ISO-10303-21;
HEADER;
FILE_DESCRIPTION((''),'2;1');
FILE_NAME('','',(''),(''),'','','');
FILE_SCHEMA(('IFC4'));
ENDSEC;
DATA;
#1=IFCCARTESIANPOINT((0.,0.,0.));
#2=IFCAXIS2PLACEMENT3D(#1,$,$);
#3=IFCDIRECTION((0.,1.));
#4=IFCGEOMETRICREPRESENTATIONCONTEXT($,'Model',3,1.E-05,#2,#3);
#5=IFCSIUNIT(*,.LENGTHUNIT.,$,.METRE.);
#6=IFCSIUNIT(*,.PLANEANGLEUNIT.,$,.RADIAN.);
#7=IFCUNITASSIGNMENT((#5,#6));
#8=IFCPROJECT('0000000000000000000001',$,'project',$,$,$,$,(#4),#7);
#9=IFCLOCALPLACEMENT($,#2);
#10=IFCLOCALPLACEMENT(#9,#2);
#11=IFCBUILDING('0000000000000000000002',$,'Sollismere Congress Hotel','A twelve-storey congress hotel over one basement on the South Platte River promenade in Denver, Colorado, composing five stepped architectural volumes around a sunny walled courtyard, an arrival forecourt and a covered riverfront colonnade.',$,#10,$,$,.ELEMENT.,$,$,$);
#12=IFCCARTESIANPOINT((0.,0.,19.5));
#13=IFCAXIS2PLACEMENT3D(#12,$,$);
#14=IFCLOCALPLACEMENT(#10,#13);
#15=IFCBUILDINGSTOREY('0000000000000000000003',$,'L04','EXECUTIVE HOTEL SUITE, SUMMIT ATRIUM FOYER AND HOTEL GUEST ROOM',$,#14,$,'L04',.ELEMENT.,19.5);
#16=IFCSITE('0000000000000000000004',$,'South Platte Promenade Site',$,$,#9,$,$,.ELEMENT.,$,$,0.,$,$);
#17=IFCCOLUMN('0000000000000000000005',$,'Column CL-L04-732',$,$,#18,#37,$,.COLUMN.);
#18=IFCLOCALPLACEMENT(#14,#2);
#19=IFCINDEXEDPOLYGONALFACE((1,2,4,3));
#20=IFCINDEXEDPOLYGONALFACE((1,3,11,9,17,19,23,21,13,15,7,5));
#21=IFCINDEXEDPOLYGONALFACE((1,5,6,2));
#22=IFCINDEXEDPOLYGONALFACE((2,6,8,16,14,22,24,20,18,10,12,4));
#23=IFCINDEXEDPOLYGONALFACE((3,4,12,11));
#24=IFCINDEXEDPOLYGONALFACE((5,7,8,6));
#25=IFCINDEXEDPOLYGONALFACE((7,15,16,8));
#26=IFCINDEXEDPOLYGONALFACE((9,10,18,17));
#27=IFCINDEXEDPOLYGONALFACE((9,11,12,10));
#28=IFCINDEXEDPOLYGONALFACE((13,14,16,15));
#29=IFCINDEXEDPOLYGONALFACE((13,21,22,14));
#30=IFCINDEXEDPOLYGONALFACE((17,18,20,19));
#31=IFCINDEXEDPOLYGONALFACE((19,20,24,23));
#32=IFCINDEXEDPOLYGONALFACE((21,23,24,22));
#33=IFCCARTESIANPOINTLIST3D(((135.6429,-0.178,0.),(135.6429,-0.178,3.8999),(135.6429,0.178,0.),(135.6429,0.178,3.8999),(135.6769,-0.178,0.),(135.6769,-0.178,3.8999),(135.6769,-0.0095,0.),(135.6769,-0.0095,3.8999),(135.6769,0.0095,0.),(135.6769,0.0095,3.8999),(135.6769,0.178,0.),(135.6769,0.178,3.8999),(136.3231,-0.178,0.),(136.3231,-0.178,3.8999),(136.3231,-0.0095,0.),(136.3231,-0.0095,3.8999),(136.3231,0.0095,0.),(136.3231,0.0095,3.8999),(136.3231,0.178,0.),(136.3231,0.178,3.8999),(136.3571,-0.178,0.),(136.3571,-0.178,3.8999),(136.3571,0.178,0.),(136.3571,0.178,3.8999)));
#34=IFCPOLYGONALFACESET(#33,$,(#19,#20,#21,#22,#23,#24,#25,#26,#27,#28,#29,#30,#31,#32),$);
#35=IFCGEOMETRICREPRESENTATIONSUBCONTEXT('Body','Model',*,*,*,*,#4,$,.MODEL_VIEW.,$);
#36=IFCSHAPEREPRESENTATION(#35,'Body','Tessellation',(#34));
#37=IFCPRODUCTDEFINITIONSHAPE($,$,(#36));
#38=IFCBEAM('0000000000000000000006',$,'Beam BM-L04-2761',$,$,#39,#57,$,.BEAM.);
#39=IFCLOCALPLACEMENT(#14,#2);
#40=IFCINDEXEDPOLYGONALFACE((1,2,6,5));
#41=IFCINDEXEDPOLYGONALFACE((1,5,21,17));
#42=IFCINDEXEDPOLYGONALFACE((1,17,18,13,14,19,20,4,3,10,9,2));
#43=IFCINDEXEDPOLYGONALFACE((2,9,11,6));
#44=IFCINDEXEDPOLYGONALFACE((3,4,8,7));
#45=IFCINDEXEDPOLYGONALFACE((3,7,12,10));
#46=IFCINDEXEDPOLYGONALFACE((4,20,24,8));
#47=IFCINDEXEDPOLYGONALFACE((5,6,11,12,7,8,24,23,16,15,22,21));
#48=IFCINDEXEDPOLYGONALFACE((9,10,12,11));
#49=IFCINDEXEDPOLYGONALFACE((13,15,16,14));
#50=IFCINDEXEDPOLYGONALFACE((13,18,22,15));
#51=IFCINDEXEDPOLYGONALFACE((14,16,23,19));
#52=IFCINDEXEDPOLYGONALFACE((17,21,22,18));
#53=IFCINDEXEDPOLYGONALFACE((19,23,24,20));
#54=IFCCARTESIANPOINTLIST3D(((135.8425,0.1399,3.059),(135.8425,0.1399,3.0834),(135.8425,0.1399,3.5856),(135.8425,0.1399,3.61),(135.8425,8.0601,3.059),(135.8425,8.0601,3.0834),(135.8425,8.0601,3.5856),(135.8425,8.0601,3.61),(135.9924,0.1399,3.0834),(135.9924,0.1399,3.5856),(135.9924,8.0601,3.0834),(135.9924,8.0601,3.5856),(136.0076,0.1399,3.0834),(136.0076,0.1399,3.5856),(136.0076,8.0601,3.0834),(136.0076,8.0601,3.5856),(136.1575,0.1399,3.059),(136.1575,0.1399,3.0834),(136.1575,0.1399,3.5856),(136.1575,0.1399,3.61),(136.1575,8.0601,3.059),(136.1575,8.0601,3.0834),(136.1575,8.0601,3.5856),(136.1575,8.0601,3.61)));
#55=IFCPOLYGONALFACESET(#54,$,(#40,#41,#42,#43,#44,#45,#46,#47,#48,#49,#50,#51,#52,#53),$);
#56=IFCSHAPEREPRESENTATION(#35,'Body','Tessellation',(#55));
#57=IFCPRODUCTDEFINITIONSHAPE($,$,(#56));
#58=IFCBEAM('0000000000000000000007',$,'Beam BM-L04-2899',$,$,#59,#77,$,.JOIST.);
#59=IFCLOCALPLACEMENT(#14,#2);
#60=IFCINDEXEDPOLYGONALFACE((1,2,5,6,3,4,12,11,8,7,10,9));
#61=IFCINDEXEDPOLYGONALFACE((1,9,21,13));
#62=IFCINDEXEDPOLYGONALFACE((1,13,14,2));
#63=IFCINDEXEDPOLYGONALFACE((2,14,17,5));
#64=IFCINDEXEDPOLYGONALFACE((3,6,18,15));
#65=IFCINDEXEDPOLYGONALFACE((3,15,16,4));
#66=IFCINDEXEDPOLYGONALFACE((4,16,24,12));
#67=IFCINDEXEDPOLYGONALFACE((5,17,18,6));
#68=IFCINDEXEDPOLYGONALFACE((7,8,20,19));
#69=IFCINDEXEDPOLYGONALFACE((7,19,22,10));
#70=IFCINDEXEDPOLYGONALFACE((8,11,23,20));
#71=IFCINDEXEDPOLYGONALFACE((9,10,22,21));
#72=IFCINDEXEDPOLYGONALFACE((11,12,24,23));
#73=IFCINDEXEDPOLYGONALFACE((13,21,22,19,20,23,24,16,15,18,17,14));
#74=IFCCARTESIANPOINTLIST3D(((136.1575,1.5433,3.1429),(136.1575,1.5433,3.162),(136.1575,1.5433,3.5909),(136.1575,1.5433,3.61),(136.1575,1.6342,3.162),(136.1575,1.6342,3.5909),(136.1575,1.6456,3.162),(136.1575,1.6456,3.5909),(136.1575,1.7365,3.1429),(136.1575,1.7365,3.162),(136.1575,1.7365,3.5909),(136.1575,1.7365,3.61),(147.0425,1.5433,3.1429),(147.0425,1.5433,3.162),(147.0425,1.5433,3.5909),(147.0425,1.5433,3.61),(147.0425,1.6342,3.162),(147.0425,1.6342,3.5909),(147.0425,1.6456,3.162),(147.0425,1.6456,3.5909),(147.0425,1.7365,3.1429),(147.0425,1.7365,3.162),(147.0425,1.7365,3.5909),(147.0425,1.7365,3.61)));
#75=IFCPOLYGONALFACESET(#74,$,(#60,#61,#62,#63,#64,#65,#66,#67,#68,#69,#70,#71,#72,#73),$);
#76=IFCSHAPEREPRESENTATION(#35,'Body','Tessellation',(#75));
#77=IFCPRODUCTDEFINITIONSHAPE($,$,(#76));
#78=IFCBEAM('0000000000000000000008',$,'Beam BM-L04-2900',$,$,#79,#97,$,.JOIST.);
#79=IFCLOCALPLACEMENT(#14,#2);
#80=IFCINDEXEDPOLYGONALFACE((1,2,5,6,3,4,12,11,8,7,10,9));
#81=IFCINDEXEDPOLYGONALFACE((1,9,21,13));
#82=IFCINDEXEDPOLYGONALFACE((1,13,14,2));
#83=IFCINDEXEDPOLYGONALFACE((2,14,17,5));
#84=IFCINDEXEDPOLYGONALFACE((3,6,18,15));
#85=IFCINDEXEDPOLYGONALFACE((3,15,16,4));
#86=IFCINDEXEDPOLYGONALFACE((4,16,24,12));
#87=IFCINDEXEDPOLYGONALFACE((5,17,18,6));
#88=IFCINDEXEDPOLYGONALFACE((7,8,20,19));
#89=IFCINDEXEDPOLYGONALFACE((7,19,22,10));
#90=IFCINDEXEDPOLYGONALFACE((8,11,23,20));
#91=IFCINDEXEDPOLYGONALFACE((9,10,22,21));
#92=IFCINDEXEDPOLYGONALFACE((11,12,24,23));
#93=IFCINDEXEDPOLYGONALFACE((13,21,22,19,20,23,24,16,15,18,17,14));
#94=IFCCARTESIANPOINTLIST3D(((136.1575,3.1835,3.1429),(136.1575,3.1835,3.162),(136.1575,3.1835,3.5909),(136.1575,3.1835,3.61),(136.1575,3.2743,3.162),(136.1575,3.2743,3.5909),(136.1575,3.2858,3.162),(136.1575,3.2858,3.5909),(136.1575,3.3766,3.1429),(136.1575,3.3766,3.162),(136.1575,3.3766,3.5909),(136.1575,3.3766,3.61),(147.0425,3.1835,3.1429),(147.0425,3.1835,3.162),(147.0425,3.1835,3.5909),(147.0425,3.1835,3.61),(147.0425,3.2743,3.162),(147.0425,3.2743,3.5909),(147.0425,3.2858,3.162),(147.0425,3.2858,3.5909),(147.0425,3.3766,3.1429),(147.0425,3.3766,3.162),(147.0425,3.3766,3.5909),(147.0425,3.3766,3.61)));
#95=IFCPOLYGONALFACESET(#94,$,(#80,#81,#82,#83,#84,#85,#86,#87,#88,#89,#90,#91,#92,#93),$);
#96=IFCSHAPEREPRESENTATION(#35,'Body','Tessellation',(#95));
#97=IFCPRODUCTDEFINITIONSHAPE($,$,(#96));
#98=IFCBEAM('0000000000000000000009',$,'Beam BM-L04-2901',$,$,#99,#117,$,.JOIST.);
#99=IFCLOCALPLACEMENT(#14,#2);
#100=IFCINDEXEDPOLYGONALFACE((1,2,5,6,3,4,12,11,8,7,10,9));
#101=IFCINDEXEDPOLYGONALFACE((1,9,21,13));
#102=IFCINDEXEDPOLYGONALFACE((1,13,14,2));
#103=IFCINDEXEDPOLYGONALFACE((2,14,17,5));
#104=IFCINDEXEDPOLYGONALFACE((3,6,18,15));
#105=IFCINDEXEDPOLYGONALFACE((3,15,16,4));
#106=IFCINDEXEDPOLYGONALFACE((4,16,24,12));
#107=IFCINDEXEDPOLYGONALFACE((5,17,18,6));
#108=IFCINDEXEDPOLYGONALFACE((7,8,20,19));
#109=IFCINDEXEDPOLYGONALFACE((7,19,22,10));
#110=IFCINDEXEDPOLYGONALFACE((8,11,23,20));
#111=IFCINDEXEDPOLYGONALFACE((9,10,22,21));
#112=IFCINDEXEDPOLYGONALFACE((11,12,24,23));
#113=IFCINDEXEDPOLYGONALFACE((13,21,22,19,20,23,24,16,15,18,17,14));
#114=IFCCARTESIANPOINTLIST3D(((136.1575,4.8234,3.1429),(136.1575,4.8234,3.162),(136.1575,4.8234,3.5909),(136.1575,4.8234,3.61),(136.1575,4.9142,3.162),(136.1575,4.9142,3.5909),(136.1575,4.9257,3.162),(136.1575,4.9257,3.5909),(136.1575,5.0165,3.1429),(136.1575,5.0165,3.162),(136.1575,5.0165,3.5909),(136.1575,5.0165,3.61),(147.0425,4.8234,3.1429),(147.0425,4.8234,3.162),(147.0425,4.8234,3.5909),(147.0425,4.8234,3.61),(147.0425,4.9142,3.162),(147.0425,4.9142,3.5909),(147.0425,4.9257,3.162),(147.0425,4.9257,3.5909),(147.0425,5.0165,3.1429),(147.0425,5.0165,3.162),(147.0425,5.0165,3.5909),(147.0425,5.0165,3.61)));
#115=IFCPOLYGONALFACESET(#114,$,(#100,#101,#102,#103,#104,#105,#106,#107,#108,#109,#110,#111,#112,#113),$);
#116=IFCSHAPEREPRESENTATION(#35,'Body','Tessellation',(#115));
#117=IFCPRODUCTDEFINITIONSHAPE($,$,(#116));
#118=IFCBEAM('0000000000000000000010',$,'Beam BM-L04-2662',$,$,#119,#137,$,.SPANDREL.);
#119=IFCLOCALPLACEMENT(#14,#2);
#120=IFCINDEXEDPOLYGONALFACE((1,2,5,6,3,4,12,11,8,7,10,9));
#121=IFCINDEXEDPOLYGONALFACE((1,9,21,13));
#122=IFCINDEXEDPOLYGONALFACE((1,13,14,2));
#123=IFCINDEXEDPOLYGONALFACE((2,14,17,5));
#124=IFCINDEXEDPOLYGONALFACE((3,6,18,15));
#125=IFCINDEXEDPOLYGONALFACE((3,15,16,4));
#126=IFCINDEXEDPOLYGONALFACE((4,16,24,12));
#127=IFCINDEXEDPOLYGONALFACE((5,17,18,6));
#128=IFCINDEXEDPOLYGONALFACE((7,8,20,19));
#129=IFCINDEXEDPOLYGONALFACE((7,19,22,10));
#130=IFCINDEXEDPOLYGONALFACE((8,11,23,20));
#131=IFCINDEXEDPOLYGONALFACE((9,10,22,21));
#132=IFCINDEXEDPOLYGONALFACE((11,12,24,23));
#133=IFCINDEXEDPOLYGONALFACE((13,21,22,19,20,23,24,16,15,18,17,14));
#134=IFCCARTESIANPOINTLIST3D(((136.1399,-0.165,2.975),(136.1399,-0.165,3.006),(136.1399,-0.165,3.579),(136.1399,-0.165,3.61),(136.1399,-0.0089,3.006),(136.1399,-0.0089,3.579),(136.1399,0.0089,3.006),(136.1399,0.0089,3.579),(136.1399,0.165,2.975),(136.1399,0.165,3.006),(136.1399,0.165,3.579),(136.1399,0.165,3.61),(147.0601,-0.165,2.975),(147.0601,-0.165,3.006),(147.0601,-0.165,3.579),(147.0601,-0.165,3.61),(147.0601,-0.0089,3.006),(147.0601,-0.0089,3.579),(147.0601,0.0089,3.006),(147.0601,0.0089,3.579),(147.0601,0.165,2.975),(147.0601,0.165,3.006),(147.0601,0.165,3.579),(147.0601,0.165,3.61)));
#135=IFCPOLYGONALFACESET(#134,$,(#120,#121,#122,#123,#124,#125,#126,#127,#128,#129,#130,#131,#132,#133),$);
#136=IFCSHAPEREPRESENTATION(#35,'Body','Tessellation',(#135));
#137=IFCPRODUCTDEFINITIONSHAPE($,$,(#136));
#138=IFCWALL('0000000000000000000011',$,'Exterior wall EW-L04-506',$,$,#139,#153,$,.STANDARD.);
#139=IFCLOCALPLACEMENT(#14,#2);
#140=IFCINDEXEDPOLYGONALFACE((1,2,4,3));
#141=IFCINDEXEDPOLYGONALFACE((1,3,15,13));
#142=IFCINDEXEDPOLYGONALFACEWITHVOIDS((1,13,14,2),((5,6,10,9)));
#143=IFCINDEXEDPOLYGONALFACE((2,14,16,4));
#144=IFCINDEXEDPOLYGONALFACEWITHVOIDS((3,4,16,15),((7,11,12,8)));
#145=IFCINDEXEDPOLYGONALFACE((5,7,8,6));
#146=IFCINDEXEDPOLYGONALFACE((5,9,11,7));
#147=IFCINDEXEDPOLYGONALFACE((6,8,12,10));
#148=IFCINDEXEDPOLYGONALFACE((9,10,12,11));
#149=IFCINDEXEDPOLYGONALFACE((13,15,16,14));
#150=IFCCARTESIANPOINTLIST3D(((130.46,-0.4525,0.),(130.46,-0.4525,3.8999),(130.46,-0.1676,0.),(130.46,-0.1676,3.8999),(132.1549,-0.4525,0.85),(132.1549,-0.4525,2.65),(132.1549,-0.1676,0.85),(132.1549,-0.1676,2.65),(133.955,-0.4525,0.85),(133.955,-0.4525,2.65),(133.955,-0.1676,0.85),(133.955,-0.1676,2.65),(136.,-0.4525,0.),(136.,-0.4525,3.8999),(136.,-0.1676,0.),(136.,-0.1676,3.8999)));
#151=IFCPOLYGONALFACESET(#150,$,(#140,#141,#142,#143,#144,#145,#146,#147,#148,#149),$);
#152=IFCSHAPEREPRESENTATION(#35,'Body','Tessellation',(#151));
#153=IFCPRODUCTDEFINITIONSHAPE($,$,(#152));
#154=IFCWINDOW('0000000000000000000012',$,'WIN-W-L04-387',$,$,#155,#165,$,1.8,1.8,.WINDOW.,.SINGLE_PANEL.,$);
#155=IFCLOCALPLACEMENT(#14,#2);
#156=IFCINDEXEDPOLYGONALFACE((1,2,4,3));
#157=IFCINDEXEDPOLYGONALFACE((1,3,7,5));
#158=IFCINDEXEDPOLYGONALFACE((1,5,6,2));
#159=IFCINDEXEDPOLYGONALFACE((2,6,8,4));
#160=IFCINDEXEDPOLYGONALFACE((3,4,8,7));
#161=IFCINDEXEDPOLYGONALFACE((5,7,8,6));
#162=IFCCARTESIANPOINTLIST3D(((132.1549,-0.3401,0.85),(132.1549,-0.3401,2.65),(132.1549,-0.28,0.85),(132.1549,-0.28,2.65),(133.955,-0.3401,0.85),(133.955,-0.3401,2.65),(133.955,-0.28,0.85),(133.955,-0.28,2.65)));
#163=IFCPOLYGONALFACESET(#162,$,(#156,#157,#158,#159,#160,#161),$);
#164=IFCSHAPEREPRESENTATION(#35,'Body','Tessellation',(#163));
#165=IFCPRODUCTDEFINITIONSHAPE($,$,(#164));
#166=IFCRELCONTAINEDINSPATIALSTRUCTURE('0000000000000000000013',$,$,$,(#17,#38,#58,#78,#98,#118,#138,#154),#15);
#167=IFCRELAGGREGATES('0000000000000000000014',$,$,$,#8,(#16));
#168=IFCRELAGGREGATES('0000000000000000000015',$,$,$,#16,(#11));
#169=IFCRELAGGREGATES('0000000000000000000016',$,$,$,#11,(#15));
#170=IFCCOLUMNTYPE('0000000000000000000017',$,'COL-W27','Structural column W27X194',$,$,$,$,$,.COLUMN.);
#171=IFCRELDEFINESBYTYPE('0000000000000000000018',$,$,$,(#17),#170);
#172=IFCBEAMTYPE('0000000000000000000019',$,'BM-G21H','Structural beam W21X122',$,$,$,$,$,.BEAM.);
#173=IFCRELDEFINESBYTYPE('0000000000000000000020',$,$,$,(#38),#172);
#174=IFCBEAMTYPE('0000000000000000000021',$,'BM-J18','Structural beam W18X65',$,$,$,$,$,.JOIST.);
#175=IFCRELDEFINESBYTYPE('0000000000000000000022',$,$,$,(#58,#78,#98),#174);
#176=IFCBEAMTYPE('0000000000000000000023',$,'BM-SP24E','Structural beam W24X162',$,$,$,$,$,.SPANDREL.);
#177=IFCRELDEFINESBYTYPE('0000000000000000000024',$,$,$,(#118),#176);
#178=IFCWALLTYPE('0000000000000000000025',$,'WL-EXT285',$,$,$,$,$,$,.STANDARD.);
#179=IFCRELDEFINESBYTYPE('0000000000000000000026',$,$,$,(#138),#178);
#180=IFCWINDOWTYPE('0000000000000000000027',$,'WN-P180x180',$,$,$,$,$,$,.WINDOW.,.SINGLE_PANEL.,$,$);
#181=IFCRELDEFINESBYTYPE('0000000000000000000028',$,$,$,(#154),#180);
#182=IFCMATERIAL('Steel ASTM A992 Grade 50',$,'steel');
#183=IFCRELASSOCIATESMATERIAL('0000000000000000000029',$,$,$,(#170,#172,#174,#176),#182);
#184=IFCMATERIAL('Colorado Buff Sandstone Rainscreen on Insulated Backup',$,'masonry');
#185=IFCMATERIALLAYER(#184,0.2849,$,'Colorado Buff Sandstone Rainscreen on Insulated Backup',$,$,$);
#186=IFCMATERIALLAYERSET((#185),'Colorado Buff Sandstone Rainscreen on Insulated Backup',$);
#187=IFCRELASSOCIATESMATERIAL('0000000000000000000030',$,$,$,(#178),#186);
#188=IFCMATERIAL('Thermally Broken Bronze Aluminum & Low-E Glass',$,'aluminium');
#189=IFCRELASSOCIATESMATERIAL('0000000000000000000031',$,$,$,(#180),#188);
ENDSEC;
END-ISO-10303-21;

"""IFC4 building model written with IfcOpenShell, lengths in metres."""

from ifc_helpers import new_model, si_unit, direction, frame, frame_2d, origin, origin_2d, place, context, subcontext, project, spatial, rectangle, i_section, extrude, material, layer, layer_set, material_profile, profile_set, type_object, element, fill, save


model = new_model("IFC4")

# Units and contexts
model_context = context("Model", 3, precision=1e-05, world=origin(), true_north=direction((0.0, 1.0)))
body_context = subcontext(model_context, "Body", "Model", "MODEL_VIEW")
ifc_project = project(units=[si_unit("LENGTHUNIT", "METRE"), si_unit("PLANEANGLEUNIT", "RADIAN")], contexts=[model_context])

# Site, building, storey
site_placement = place(None, origin())
site = spatial("IfcSite", under=ifc_project, at=site_placement, Name="South Platte Promenade Site", CompositionType="ELEMENT", RefElevation=0.0)
building_placement = place(site_placement, origin())
building = spatial("IfcBuilding", under=site, at=building_placement, Name="Sollismere Congress Hotel", Description="A twelve-storey congress hotel over one basement on the South Platte River promenade in Denver, Colorado, composing five stepped architectural volumes around a sunny walled courtyard, an arrival forecourt and a covered riverfront colonnade.", CompositionType="ELEMENT")
storey_placement = place(building_placement, frame((0.0, 0.0, 19.5)))
storey = spatial("IfcBuildingStorey", under=building, at=storey_placement, Name="L04", Description="EXECUTIVE HOTEL SUITE, SUMMIT ATRIUM FOYER AND HOTEL GUEST ROOM", LongName="L04", CompositionType="ELEMENT", Elevation=19.5)

# Column
ifc_material_1 = material(Name="Steel ASTM A992 Grade 50", Category="steel")
ifc_material_profile_1 = material_profile(ifc_material_1, i_section(OverallWidth=0.356, OverallDepth=0.7141, WebThickness=0.019, FlangeThickness=0.0339, at=origin_2d()), Name="W27X194")
ifc_profile_set_1 = profile_set([ifc_material_profile_1], Name="Steel ASTM A992 Grade 50")
column_type = type_object("IfcColumnType", Name="COL-W27", Description="Structural column W27X194", PredefinedType="COLUMN", material=ifc_profile_set_1)
column_placement = place(storey_placement, frame((136.0, 0.0, 0.0), z_axis=(0.0, 0.0, 1.0), x_axis=(0.0, 1.0, 0.0)))
element("IfcColumn", 1, at=column_placement, inside=storey, type_object=column_type, Name="Column CL-L04-732", PredefinedType="COLUMN", context=body_context, shape_type="SweptSolid", body=[
    extrude(i_section(OverallWidth=0.356, OverallDepth=0.7141, WebThickness=0.019, FlangeThickness=0.0339, at=origin_2d()), origin(), (0.0, 0.0, 1.0), 3.8999),
])

# Beams
ifc_material_profile_2 = material_profile(ifc_material_1, i_section(OverallWidth=0.3149, OverallDepth=0.551, WebThickness=0.0151, FlangeThickness=0.0244, at=origin_2d()), Name="W21X122")
ifc_profile_set_2 = profile_set([ifc_material_profile_2], Name="Steel ASTM A992 Grade 50")
beam_type_1 = type_object("IfcBeamType", Name="BM-G21H", Description="Structural beam W21X122", PredefinedType="BEAM", material=ifc_profile_set_2)
beam_1_placement = place(storey_placement, frame((136.0, 0.1399, 3.3345), z_axis=(0.0, 1.0, 0.0), x_axis=(-1.0, 0.0, 0.0)))
element("IfcBeam", 2, at=beam_1_placement, inside=storey, type_object=beam_type_1, Name="Beam BM-L04-2761", PredefinedType="BEAM", context=body_context, shape_type="SweptSolid", body=[
    extrude(i_section(OverallWidth=0.3149, OverallDepth=0.551, WebThickness=0.0151, FlangeThickness=0.0244, at=origin_2d()), origin(), (0.0, 0.0, 1.0), 7.9202),
])
ifc_material_profile_3 = material_profile(ifc_material_1, i_section(OverallWidth=0.1931, OverallDepth=0.467, WebThickness=0.0115, FlangeThickness=0.019, at=origin_2d()), Name="W18X65")
ifc_profile_set_3 = profile_set([ifc_material_profile_3], Name="Steel ASTM A992 Grade 50")
beam_type_2 = type_object("IfcBeamType", Name="BM-J18", Description="Structural beam W18X65", PredefinedType="JOIST", material=ifc_profile_set_3)
for number, where, z_axis, x_axis, name in (
    (3, (136.1575, 1.6399, 3.3765), (1.0, 0.0, 0.0), (0.0, 1.0, 0.0), "Beam BM-L04-2899"),
    (4, (136.1575, 3.28, 3.3765), (1.0, 0.0, 0.0), (0.0, 1.0, 0.0), "Beam BM-L04-2900"),
    (5, (136.1575, 4.9199, 3.3765), (1.0, 0.0, 0.0), (0.0, 1.0, 0.0), "Beam BM-L04-2901"),
):
    element("IfcBeam", number, at=place(storey_placement, frame(where, z_axis=z_axis, x_axis=x_axis)), inside=storey, type_object=beam_type_2, Name=name, PredefinedType="JOIST", context=body_context, shape_type="SweptSolid", body=[
        extrude(i_section(OverallWidth=0.1931, OverallDepth=0.467, WebThickness=0.0115, FlangeThickness=0.019, at=origin_2d()), origin(), (0.0, 0.0, 1.0), 10.885),
    ])
ifc_material_profile_4 = material_profile(ifc_material_1, i_section(OverallWidth=0.3301, OverallDepth=0.635, WebThickness=0.0178, FlangeThickness=0.031, at=origin_2d()), Name="W24X162")
ifc_profile_set_4 = profile_set([ifc_material_profile_4], Name="Steel ASTM A992 Grade 50")
beam_type_3 = type_object("IfcBeamType", Name="BM-SP24E", Description="Structural beam W24X162", PredefinedType="SPANDREL", material=ifc_profile_set_4)
beam_2_placement = place(storey_placement, frame((136.1399, 0.0, 3.2925), z_axis=(1.0, 0.0, 0.0), x_axis=(0.0, 1.0, 0.0)))
element("IfcBeam", 6, at=beam_2_placement, inside=storey, type_object=beam_type_3, Name="Beam BM-L04-2662", PredefinedType="SPANDREL", context=body_context, shape_type="SweptSolid", body=[
    extrude(i_section(OverallWidth=0.3301, OverallDepth=0.635, WebThickness=0.0178, FlangeThickness=0.031, at=origin_2d()), origin(), (0.0, 0.0, 1.0), 10.9202),
])

# Wall, opening, window
ifc_material_2 = material(Name="Colorado Buff Sandstone Rainscreen on Insulated Backup", Category="masonry")
ifc_layer_1 = layer(ifc_material_2, 0.2849, Name="Colorado Buff Sandstone Rainscreen on Insulated Backup")
ifc_layer_set_1 = layer_set([ifc_layer_1], Name="Colorado Buff Sandstone Rainscreen on Insulated Backup")
wall_type_1 = type_object("IfcWallType", Name="WL-EXT285", PredefinedType="STANDARD", material=ifc_layer_set_1)
wall_1_placement = place(storey_placement, frame((130.46, -0.3101, 0.0), z_axis=(0.0, 0.0, 1.0), x_axis=(1.0, 0.0, 0.0)))
wall_1 = element("IfcWall", 7, at=wall_1_placement, inside=storey, type_object=wall_type_1, Name="Exterior wall EW-L04-506", PredefinedType="STANDARD", context=body_context, shape_type="SweptSolid", body=[
    extrude(rectangle(XDim=5.54, YDim=0.2849, at=frame_2d((2.77, 0.0))), origin(), (0.0, 0.0, 1.0), 3.8999),
])
opening_1_placement = place(wall_1_placement, frame((1.6951, 0.0, 0.8501)))
opening_1 = element("IfcOpeningElement", 8, at=opening_1_placement, cuts=wall_1, PredefinedType="OPENING", context=body_context, shape_type="SweptSolid", body=[
    extrude(rectangle(XDim=1.8, YDim=1.8, at=frame_2d((0.8999, 0.8999))), frame((0.0, 0.1523, 0.0), z_axis=(0.0, -1.0, 0.0), x_axis=(1.0, 0.0, 0.0)), (0.0, 0.0, 1.0), 0.3049),
])
ifc_material_3 = material(Name="Thermally Broken Bronze Aluminum & Low-E Glass", Category="aluminium")
window_type_1 = type_object("IfcWindowType", Name="WN-P180x180", PartitioningType="SINGLE_PANEL", PredefinedType="WINDOW", material=ifc_material_3)
window_1_placement = place(opening_1_placement, origin())
window_1 = element("IfcWindow", 9, at=window_1_placement, inside=storey, type_object=window_type_1, Name="WIN-W-L04-387", OverallHeight=1.8, OverallWidth=1.8, PartitioningType="SINGLE_PANEL", PredefinedType="WINDOW", context=body_context, shape_type="SweptSolid", body=[
    extrude(rectangle(XDim=1.8, YDim=1.8, at=frame_2d((0.8999, 0.8999))), frame((0.0, 0.03, 0.0), z_axis=(0.0, -1.0, 0.0), x_axis=(1.0, 0.0, 0.0)), (0.0, 0.0, 1.0), 0.0601),
])
fill(opening_1, window_1)

save(model, "model.ifc")
